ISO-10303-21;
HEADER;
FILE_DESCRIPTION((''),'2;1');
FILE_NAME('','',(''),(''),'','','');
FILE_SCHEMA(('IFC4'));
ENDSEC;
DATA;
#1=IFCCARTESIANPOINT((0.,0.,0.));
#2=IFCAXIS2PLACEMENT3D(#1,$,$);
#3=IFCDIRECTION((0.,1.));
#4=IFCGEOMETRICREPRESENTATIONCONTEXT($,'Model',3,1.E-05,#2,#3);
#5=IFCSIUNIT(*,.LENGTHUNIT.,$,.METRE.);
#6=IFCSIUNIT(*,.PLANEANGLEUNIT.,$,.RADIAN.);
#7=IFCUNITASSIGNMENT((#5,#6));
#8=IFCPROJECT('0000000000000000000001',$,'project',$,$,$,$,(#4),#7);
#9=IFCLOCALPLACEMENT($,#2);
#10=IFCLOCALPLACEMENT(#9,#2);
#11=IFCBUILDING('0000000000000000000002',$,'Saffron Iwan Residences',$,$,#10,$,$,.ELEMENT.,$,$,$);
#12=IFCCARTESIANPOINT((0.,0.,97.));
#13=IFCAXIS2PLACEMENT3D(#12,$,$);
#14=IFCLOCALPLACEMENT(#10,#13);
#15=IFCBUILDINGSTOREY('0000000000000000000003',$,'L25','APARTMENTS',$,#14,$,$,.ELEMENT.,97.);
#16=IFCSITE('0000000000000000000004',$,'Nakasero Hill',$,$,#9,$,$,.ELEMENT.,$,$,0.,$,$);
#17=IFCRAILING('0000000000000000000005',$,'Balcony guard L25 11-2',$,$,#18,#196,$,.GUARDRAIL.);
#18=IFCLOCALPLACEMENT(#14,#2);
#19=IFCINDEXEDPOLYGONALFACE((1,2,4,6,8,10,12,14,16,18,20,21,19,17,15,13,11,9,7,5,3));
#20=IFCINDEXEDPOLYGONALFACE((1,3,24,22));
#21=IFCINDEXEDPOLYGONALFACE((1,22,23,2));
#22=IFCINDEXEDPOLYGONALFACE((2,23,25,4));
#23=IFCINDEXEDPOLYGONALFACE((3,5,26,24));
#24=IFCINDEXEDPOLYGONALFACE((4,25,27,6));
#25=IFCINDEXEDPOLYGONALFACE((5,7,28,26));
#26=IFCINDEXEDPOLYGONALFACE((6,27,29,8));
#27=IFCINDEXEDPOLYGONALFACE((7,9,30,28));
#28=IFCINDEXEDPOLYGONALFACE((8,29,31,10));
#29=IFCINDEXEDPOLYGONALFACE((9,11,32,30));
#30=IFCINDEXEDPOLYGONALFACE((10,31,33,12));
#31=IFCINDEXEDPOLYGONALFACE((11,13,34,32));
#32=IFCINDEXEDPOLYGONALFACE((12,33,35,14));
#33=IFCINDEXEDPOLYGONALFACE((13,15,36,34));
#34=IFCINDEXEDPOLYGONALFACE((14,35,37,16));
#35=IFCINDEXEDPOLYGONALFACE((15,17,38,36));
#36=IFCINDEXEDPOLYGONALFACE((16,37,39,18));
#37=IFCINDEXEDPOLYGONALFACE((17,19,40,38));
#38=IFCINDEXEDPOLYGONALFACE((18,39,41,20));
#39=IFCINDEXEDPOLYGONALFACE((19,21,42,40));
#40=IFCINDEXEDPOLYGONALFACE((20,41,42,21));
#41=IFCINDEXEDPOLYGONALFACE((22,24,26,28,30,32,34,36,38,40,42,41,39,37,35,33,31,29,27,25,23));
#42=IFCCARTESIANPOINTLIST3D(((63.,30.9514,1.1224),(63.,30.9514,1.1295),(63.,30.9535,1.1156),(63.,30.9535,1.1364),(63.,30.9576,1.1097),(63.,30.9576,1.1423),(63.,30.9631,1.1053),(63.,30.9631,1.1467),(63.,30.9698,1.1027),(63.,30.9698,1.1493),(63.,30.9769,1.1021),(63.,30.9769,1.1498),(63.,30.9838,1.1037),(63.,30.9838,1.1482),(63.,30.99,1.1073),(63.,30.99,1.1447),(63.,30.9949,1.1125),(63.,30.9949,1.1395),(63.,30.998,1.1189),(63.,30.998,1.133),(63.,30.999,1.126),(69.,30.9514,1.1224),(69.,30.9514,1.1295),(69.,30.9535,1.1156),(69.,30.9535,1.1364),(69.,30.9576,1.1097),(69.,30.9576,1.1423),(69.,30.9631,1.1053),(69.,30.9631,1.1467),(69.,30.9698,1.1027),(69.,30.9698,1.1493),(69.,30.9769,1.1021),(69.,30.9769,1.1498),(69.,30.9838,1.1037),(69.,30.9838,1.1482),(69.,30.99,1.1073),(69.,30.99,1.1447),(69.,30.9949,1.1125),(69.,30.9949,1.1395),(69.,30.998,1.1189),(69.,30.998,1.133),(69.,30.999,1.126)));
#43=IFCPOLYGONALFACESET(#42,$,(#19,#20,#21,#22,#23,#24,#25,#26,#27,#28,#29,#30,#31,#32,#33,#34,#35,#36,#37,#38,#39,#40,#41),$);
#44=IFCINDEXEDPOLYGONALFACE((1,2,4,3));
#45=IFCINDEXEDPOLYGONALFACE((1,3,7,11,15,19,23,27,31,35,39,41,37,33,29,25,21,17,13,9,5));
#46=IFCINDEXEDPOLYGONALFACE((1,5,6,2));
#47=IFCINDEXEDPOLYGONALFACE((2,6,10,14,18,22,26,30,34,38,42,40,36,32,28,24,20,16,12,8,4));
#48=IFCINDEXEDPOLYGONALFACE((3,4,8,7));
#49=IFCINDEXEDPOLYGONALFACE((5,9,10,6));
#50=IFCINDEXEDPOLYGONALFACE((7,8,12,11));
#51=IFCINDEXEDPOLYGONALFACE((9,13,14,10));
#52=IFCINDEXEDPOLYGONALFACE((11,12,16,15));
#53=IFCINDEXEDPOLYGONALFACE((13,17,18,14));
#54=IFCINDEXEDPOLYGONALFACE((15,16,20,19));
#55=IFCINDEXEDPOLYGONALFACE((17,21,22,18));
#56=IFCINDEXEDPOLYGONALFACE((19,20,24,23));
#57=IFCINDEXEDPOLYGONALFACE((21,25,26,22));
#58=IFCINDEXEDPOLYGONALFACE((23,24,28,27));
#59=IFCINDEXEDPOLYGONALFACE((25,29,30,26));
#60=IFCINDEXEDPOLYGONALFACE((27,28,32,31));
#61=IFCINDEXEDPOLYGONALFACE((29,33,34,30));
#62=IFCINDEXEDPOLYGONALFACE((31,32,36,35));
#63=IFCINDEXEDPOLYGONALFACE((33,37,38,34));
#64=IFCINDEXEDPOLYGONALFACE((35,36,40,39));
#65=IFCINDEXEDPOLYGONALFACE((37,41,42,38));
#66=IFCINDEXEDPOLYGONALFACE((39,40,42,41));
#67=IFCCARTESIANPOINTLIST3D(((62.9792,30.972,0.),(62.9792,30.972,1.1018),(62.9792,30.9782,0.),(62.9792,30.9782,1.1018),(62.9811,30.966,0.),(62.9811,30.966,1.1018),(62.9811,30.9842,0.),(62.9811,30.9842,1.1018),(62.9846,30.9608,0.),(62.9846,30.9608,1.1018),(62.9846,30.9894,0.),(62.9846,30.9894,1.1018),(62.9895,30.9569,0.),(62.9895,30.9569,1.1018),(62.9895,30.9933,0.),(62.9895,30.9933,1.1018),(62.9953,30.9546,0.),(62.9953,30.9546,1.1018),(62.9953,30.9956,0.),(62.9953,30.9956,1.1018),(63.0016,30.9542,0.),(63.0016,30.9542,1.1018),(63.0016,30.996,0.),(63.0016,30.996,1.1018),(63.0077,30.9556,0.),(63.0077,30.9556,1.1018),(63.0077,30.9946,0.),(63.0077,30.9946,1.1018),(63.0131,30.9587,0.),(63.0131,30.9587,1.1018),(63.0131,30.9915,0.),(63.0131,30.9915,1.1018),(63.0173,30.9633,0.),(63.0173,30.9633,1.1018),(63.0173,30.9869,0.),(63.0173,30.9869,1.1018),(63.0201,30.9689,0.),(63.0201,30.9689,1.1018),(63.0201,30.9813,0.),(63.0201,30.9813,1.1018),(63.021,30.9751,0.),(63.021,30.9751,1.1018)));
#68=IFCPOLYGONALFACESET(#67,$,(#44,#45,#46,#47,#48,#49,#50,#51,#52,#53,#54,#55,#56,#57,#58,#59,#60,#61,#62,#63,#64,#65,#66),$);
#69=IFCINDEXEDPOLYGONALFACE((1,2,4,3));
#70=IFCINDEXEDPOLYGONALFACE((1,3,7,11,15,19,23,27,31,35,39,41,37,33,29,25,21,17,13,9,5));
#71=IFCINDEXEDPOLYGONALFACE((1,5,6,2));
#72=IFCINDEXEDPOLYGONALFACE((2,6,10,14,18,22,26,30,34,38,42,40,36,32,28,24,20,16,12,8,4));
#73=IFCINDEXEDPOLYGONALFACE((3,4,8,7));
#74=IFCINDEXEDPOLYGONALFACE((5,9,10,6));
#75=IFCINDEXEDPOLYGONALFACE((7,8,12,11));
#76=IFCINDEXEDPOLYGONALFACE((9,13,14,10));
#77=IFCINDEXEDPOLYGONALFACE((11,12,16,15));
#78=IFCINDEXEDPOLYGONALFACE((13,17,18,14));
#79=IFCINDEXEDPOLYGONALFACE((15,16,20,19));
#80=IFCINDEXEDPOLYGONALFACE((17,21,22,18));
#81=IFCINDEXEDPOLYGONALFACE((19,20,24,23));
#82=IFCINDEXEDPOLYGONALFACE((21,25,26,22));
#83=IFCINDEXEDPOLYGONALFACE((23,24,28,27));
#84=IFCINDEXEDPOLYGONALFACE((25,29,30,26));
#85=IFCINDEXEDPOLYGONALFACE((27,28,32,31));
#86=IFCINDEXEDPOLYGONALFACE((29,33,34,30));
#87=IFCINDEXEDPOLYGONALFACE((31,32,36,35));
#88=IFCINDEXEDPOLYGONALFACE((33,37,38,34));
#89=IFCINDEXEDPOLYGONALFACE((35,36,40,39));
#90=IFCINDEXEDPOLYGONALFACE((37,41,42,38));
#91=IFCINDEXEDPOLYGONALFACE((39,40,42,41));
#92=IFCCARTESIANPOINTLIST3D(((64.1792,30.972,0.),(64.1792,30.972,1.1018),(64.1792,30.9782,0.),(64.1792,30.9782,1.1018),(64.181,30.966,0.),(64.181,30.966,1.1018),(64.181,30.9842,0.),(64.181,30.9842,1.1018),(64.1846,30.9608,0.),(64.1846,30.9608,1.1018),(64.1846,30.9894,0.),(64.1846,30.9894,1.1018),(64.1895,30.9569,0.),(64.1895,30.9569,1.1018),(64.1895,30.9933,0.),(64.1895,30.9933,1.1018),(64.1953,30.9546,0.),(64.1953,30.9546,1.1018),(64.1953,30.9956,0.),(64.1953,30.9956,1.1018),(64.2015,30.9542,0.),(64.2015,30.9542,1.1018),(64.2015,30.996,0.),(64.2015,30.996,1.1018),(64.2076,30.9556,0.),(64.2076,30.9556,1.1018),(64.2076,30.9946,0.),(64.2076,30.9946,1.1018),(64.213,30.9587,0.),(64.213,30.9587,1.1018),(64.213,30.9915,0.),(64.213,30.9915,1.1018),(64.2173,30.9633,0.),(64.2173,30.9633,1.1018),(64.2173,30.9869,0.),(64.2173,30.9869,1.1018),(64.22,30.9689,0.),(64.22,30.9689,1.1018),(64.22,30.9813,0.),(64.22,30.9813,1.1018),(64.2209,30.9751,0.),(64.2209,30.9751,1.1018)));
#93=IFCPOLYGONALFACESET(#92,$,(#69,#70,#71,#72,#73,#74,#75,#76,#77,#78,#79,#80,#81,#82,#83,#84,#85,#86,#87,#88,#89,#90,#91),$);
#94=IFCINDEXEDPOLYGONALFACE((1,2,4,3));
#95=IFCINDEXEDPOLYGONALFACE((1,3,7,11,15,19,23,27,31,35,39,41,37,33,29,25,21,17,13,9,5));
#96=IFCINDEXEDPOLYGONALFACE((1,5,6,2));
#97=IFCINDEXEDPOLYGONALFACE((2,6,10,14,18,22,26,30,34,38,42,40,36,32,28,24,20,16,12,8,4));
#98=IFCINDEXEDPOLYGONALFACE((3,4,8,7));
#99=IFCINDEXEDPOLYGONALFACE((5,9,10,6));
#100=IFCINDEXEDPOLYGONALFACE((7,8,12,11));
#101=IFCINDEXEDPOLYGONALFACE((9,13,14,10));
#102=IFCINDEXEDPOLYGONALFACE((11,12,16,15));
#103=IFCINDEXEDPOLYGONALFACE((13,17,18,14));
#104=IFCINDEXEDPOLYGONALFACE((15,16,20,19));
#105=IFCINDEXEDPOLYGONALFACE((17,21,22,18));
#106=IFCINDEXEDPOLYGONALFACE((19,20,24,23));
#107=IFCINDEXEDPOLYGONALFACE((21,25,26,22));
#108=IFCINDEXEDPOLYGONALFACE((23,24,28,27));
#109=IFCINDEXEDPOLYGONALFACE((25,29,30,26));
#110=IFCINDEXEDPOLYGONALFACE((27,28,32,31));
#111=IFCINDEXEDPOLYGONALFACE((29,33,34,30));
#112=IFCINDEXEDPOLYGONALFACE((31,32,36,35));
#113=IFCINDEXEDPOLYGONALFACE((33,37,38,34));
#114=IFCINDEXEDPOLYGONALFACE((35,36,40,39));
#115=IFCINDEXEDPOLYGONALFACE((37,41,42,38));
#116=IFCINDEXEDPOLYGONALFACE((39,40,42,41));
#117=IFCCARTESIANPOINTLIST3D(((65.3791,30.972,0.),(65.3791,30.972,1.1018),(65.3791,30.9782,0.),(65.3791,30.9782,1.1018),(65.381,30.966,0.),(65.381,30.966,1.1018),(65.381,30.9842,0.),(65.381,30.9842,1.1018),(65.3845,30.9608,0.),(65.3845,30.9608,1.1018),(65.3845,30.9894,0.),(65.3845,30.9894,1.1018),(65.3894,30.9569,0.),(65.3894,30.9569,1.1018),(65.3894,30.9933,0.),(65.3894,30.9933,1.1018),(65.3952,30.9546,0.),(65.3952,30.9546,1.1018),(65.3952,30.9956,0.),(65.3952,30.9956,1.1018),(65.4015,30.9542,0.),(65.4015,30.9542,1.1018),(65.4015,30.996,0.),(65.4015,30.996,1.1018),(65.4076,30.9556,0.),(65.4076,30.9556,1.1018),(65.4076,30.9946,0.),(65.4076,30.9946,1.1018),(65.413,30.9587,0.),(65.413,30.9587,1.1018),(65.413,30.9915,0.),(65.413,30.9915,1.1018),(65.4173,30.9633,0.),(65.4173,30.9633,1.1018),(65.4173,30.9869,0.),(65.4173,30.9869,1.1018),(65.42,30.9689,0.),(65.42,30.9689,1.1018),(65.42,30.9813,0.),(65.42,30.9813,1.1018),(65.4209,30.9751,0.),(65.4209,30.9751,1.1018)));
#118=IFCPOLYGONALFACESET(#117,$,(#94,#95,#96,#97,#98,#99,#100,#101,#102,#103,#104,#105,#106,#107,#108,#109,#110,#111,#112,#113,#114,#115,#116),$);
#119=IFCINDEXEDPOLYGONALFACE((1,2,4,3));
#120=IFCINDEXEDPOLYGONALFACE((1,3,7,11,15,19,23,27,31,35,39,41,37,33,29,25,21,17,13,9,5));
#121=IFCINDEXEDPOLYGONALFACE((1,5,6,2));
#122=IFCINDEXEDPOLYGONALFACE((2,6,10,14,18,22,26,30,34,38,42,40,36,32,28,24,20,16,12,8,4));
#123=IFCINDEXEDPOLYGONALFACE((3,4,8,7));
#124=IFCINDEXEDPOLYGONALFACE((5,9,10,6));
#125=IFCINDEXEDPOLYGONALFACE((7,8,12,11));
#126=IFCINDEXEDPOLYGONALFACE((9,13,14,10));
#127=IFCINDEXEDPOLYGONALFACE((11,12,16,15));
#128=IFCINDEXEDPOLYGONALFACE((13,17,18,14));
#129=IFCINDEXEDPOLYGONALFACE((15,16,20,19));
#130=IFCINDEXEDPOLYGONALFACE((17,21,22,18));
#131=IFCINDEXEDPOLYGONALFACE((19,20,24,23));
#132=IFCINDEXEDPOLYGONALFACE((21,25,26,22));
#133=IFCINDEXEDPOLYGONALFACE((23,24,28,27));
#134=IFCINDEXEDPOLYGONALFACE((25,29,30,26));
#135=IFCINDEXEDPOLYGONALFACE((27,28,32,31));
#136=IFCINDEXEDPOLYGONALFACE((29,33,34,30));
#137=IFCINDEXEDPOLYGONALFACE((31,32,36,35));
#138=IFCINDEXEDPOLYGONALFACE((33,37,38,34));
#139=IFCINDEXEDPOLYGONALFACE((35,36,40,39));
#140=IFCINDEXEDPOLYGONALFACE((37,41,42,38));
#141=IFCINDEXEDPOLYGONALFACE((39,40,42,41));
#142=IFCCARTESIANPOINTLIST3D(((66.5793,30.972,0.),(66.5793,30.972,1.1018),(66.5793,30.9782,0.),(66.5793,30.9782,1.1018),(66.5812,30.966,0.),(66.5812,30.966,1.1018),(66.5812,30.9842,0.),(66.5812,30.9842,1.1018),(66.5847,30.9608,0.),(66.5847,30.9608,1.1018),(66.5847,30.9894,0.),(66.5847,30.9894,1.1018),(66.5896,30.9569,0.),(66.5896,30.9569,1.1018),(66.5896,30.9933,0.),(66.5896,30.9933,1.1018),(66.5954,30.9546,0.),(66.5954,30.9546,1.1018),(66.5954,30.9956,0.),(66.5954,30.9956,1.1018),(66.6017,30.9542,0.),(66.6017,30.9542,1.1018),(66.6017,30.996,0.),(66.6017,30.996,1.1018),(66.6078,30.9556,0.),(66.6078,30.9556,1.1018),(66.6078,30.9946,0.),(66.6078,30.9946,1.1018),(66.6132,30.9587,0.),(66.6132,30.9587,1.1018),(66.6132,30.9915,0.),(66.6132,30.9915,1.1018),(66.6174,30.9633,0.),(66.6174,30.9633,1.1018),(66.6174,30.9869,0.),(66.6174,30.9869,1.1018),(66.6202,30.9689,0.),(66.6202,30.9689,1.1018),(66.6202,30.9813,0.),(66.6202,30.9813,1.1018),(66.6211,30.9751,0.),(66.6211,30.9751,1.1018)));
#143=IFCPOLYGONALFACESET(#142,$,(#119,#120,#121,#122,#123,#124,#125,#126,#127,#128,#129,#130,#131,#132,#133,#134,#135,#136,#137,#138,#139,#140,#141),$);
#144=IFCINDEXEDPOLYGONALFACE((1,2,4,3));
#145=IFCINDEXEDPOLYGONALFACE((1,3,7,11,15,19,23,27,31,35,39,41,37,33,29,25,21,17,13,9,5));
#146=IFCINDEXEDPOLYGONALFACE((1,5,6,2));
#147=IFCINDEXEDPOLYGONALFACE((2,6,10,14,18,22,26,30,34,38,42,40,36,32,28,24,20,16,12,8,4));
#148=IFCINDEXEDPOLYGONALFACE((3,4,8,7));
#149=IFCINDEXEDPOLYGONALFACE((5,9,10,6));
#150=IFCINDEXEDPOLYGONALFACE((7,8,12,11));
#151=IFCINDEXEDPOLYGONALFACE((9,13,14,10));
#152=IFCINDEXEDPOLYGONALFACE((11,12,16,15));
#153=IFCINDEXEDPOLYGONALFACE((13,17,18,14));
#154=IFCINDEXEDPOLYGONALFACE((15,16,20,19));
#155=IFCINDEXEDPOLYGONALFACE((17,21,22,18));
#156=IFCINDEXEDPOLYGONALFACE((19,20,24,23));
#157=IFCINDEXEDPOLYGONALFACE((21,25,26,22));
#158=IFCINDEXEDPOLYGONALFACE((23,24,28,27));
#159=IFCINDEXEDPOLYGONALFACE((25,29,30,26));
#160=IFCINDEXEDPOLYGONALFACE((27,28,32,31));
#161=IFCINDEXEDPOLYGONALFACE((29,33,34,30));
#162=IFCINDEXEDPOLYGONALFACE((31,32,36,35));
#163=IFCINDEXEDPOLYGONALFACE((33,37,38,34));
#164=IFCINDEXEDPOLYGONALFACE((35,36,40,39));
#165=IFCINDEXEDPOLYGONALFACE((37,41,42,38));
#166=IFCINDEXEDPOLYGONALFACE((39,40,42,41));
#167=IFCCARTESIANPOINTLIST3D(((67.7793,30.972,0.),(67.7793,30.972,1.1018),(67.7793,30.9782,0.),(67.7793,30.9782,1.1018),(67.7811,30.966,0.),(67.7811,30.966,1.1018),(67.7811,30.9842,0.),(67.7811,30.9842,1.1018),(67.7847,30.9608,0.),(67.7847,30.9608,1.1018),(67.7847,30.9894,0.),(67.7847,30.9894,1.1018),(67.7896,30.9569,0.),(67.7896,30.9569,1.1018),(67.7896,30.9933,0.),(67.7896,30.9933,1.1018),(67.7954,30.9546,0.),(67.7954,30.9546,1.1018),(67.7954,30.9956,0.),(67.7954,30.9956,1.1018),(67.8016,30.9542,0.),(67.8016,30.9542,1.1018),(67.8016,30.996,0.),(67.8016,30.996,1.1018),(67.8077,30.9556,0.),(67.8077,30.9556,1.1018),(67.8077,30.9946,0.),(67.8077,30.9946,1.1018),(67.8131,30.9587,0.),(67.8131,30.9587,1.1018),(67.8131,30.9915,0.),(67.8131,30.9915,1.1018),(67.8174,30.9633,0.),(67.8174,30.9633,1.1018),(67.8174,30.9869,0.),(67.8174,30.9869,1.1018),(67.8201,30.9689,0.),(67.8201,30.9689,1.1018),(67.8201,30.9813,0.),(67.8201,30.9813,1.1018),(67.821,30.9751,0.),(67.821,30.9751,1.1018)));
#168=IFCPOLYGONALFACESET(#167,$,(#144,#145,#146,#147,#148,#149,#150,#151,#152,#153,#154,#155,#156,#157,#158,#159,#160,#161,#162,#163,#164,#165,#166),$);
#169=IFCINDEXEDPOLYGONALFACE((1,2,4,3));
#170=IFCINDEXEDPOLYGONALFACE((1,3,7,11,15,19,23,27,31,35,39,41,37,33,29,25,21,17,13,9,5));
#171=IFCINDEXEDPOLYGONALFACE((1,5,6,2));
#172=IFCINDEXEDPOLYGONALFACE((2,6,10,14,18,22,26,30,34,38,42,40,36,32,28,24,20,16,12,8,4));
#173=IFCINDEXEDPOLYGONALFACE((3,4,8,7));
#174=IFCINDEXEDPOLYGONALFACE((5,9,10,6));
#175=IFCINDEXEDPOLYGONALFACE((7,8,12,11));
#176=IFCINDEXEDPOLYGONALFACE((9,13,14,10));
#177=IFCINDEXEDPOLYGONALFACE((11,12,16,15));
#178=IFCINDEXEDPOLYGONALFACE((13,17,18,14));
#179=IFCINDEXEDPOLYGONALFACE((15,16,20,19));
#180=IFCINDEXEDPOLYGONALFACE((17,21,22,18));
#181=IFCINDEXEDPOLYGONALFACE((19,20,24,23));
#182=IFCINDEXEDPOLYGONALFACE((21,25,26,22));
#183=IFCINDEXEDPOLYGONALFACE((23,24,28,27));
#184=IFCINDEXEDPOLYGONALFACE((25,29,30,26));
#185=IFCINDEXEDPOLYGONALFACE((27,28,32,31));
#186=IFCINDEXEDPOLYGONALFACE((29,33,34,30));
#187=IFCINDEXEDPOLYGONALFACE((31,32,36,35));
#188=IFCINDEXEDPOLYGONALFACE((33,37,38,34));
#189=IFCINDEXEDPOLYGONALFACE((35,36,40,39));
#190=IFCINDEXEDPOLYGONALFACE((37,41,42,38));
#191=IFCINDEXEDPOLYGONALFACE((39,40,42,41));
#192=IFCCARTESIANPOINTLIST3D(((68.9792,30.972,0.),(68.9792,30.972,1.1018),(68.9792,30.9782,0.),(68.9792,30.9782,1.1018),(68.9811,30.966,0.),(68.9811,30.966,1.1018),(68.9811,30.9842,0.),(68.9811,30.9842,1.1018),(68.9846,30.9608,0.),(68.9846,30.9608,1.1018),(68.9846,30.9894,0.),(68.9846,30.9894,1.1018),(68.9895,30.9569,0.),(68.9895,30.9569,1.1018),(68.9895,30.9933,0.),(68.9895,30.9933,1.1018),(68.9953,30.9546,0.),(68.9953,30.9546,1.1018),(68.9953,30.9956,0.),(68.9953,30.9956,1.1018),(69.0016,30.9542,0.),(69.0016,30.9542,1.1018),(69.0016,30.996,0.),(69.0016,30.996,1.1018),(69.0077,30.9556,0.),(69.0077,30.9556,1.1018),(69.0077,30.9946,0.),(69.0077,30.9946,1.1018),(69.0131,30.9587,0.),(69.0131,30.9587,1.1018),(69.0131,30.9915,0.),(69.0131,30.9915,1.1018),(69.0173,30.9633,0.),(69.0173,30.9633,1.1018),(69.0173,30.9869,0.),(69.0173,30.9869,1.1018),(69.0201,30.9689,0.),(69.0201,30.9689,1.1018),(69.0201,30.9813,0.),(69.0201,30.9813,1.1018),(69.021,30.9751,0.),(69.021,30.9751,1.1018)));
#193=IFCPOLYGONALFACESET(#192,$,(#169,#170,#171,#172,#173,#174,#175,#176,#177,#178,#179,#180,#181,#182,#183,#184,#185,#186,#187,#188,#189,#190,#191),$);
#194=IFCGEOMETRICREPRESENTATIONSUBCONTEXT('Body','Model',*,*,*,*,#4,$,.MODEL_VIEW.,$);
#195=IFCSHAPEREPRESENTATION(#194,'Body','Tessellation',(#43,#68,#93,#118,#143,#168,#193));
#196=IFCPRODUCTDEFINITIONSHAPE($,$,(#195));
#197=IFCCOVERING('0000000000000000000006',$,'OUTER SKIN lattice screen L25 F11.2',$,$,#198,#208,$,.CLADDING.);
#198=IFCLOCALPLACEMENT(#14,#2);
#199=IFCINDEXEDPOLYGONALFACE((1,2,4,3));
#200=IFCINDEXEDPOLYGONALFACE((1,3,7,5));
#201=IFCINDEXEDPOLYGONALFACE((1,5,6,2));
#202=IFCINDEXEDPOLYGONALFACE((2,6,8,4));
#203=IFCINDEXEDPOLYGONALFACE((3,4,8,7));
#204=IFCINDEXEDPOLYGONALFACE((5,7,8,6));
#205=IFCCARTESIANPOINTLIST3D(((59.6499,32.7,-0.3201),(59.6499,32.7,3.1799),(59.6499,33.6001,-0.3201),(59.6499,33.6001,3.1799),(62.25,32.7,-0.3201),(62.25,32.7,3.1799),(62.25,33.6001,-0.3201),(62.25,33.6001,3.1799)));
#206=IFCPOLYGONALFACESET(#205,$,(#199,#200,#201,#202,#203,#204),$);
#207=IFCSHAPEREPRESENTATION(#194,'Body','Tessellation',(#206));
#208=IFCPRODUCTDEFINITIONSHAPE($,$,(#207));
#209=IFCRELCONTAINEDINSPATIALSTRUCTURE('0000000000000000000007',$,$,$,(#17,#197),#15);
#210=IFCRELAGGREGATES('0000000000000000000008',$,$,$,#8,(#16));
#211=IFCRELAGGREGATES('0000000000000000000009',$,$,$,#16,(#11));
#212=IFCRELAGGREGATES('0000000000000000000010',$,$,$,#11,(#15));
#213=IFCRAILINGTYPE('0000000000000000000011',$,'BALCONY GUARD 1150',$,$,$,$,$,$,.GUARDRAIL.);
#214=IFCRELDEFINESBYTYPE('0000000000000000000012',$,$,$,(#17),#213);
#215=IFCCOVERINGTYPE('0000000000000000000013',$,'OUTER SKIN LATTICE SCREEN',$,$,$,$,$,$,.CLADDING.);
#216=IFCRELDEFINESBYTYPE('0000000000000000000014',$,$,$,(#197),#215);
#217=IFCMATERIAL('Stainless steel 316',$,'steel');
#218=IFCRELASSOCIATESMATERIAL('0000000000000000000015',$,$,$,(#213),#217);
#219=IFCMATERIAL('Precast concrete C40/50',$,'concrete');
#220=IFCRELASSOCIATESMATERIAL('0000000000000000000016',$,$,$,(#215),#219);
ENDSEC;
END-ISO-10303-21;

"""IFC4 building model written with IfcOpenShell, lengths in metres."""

from ifc_helpers import new_model, si_unit, direction, frame, origin, origin_2d, place, context, subcontext, project, spatial, polyline, circle, outline, extrude, material, type_object, element, save


model = new_model("IFC4")

# Units and contexts
model_context = context("Model", 3, precision=1e-05, world=origin(), true_north=direction((0.0, 1.0)))
body_context = subcontext(model_context, "Body", "Model", "MODEL_VIEW")
ifc_project = project(units=[si_unit("LENGTHUNIT", "METRE"), si_unit("PLANEANGLEUNIT", "RADIAN")], contexts=[model_context])

# Site, building, storey
site_placement = place(None, origin())
site = spatial("IfcSite", under=ifc_project, at=site_placement, Name="Nakasero Hill", CompositionType="ELEMENT", RefElevation=0.0)
building_placement = place(site_placement, origin())
building = spatial("IfcBuilding", under=site, at=building_placement, Name="Saffron Iwan Residences", CompositionType="ELEMENT")
storey_placement = place(building_placement, frame((0.0, 0.0, 97.0)))
storey = spatial("IfcBuildingStorey", under=building, at=storey_placement, Name="L25", Description="APARTMENTS", CompositionType="ELEMENT", Elevation=97.0)

# Railing
ifc_material_1 = material(Name="Stainless steel 316", Category="steel")
railing_type = type_object("IfcRailingType", Name="BALCONY GUARD 1150", PredefinedType="GUARDRAIL", material=ifc_material_1)
railing_placement = place(storey_placement, frame((63.0, 30.9751, 0.0)))
element("IfcRailing", 1, at=railing_placement, inside=storey, type_object=railing_type, Name="Balcony guard L25 11-2", PredefinedType="GUARDRAIL", context=body_context, shape_type="SweptSolid", body=[
    extrude(circle(Radius=0.0239, at=origin_2d()), frame((0.0, 0.0, 1.126), z_axis=(1.0, 0.0, 0.0), x_axis=(0.0, 1.0, 0.0)), (0.0, 0.0, 1.0), 6.0),
    extrude(circle(Radius=0.021, at=origin_2d()), origin(), (0.0, 0.0, 1.0), 1.1018),
    extrude(circle(Radius=0.021, at=origin_2d()), frame((1.2, 0.0, 0.0)), (0.0, 0.0, 1.0), 1.1018),
    extrude(circle(Radius=0.021, at=origin_2d()), frame((2.3999, 0.0, 0.0)), (0.0, 0.0, 1.0), 1.1018),
    extrude(circle(Radius=0.021, at=origin_2d()), frame((3.6001, 0.0, 0.0)), (0.0, 0.0, 1.0), 1.1018),
    extrude(circle(Radius=0.021, at=origin_2d()), frame((4.8, 0.0, 0.0)), (0.0, 0.0, 1.0), 1.1018),
    extrude(circle(Radius=0.021, at=origin_2d()), frame((6.0, 0.0, 0.0)), (0.0, 0.0, 1.0), 1.1018),
])

# Covering
ifc_material_2 = material(Name="Precast concrete C40/50", Category="concrete")
covering_type = type_object("IfcCoveringType", Name="OUTER SKIN LATTICE SCREEN", PredefinedType="CLADDING", material=ifc_material_2)
covering_placement = place(storey_placement, frame((59.6499, 33.6001, -0.3201), z_axis=(0.0, -1.0, 0.0), x_axis=(1.0, 0.0, 0.0)))
element("IfcCovering", 2, at=covering_placement, inside=storey, type_object=covering_type, Name="OUTER SKIN lattice screen L25 F11.2", PredefinedType="CLADDING", context=body_context, shape_type="SweptSolid", body=[
    extrude(outline(polyline([(0.0, 0.0), (2.6001, 0.0), (2.6001, 3.5), (0.0, 3.5), (0.0, 0.0)])), origin(), (0.0, 0.0, 1.0), 0.9001),
])

save(model, "model.ifc")
